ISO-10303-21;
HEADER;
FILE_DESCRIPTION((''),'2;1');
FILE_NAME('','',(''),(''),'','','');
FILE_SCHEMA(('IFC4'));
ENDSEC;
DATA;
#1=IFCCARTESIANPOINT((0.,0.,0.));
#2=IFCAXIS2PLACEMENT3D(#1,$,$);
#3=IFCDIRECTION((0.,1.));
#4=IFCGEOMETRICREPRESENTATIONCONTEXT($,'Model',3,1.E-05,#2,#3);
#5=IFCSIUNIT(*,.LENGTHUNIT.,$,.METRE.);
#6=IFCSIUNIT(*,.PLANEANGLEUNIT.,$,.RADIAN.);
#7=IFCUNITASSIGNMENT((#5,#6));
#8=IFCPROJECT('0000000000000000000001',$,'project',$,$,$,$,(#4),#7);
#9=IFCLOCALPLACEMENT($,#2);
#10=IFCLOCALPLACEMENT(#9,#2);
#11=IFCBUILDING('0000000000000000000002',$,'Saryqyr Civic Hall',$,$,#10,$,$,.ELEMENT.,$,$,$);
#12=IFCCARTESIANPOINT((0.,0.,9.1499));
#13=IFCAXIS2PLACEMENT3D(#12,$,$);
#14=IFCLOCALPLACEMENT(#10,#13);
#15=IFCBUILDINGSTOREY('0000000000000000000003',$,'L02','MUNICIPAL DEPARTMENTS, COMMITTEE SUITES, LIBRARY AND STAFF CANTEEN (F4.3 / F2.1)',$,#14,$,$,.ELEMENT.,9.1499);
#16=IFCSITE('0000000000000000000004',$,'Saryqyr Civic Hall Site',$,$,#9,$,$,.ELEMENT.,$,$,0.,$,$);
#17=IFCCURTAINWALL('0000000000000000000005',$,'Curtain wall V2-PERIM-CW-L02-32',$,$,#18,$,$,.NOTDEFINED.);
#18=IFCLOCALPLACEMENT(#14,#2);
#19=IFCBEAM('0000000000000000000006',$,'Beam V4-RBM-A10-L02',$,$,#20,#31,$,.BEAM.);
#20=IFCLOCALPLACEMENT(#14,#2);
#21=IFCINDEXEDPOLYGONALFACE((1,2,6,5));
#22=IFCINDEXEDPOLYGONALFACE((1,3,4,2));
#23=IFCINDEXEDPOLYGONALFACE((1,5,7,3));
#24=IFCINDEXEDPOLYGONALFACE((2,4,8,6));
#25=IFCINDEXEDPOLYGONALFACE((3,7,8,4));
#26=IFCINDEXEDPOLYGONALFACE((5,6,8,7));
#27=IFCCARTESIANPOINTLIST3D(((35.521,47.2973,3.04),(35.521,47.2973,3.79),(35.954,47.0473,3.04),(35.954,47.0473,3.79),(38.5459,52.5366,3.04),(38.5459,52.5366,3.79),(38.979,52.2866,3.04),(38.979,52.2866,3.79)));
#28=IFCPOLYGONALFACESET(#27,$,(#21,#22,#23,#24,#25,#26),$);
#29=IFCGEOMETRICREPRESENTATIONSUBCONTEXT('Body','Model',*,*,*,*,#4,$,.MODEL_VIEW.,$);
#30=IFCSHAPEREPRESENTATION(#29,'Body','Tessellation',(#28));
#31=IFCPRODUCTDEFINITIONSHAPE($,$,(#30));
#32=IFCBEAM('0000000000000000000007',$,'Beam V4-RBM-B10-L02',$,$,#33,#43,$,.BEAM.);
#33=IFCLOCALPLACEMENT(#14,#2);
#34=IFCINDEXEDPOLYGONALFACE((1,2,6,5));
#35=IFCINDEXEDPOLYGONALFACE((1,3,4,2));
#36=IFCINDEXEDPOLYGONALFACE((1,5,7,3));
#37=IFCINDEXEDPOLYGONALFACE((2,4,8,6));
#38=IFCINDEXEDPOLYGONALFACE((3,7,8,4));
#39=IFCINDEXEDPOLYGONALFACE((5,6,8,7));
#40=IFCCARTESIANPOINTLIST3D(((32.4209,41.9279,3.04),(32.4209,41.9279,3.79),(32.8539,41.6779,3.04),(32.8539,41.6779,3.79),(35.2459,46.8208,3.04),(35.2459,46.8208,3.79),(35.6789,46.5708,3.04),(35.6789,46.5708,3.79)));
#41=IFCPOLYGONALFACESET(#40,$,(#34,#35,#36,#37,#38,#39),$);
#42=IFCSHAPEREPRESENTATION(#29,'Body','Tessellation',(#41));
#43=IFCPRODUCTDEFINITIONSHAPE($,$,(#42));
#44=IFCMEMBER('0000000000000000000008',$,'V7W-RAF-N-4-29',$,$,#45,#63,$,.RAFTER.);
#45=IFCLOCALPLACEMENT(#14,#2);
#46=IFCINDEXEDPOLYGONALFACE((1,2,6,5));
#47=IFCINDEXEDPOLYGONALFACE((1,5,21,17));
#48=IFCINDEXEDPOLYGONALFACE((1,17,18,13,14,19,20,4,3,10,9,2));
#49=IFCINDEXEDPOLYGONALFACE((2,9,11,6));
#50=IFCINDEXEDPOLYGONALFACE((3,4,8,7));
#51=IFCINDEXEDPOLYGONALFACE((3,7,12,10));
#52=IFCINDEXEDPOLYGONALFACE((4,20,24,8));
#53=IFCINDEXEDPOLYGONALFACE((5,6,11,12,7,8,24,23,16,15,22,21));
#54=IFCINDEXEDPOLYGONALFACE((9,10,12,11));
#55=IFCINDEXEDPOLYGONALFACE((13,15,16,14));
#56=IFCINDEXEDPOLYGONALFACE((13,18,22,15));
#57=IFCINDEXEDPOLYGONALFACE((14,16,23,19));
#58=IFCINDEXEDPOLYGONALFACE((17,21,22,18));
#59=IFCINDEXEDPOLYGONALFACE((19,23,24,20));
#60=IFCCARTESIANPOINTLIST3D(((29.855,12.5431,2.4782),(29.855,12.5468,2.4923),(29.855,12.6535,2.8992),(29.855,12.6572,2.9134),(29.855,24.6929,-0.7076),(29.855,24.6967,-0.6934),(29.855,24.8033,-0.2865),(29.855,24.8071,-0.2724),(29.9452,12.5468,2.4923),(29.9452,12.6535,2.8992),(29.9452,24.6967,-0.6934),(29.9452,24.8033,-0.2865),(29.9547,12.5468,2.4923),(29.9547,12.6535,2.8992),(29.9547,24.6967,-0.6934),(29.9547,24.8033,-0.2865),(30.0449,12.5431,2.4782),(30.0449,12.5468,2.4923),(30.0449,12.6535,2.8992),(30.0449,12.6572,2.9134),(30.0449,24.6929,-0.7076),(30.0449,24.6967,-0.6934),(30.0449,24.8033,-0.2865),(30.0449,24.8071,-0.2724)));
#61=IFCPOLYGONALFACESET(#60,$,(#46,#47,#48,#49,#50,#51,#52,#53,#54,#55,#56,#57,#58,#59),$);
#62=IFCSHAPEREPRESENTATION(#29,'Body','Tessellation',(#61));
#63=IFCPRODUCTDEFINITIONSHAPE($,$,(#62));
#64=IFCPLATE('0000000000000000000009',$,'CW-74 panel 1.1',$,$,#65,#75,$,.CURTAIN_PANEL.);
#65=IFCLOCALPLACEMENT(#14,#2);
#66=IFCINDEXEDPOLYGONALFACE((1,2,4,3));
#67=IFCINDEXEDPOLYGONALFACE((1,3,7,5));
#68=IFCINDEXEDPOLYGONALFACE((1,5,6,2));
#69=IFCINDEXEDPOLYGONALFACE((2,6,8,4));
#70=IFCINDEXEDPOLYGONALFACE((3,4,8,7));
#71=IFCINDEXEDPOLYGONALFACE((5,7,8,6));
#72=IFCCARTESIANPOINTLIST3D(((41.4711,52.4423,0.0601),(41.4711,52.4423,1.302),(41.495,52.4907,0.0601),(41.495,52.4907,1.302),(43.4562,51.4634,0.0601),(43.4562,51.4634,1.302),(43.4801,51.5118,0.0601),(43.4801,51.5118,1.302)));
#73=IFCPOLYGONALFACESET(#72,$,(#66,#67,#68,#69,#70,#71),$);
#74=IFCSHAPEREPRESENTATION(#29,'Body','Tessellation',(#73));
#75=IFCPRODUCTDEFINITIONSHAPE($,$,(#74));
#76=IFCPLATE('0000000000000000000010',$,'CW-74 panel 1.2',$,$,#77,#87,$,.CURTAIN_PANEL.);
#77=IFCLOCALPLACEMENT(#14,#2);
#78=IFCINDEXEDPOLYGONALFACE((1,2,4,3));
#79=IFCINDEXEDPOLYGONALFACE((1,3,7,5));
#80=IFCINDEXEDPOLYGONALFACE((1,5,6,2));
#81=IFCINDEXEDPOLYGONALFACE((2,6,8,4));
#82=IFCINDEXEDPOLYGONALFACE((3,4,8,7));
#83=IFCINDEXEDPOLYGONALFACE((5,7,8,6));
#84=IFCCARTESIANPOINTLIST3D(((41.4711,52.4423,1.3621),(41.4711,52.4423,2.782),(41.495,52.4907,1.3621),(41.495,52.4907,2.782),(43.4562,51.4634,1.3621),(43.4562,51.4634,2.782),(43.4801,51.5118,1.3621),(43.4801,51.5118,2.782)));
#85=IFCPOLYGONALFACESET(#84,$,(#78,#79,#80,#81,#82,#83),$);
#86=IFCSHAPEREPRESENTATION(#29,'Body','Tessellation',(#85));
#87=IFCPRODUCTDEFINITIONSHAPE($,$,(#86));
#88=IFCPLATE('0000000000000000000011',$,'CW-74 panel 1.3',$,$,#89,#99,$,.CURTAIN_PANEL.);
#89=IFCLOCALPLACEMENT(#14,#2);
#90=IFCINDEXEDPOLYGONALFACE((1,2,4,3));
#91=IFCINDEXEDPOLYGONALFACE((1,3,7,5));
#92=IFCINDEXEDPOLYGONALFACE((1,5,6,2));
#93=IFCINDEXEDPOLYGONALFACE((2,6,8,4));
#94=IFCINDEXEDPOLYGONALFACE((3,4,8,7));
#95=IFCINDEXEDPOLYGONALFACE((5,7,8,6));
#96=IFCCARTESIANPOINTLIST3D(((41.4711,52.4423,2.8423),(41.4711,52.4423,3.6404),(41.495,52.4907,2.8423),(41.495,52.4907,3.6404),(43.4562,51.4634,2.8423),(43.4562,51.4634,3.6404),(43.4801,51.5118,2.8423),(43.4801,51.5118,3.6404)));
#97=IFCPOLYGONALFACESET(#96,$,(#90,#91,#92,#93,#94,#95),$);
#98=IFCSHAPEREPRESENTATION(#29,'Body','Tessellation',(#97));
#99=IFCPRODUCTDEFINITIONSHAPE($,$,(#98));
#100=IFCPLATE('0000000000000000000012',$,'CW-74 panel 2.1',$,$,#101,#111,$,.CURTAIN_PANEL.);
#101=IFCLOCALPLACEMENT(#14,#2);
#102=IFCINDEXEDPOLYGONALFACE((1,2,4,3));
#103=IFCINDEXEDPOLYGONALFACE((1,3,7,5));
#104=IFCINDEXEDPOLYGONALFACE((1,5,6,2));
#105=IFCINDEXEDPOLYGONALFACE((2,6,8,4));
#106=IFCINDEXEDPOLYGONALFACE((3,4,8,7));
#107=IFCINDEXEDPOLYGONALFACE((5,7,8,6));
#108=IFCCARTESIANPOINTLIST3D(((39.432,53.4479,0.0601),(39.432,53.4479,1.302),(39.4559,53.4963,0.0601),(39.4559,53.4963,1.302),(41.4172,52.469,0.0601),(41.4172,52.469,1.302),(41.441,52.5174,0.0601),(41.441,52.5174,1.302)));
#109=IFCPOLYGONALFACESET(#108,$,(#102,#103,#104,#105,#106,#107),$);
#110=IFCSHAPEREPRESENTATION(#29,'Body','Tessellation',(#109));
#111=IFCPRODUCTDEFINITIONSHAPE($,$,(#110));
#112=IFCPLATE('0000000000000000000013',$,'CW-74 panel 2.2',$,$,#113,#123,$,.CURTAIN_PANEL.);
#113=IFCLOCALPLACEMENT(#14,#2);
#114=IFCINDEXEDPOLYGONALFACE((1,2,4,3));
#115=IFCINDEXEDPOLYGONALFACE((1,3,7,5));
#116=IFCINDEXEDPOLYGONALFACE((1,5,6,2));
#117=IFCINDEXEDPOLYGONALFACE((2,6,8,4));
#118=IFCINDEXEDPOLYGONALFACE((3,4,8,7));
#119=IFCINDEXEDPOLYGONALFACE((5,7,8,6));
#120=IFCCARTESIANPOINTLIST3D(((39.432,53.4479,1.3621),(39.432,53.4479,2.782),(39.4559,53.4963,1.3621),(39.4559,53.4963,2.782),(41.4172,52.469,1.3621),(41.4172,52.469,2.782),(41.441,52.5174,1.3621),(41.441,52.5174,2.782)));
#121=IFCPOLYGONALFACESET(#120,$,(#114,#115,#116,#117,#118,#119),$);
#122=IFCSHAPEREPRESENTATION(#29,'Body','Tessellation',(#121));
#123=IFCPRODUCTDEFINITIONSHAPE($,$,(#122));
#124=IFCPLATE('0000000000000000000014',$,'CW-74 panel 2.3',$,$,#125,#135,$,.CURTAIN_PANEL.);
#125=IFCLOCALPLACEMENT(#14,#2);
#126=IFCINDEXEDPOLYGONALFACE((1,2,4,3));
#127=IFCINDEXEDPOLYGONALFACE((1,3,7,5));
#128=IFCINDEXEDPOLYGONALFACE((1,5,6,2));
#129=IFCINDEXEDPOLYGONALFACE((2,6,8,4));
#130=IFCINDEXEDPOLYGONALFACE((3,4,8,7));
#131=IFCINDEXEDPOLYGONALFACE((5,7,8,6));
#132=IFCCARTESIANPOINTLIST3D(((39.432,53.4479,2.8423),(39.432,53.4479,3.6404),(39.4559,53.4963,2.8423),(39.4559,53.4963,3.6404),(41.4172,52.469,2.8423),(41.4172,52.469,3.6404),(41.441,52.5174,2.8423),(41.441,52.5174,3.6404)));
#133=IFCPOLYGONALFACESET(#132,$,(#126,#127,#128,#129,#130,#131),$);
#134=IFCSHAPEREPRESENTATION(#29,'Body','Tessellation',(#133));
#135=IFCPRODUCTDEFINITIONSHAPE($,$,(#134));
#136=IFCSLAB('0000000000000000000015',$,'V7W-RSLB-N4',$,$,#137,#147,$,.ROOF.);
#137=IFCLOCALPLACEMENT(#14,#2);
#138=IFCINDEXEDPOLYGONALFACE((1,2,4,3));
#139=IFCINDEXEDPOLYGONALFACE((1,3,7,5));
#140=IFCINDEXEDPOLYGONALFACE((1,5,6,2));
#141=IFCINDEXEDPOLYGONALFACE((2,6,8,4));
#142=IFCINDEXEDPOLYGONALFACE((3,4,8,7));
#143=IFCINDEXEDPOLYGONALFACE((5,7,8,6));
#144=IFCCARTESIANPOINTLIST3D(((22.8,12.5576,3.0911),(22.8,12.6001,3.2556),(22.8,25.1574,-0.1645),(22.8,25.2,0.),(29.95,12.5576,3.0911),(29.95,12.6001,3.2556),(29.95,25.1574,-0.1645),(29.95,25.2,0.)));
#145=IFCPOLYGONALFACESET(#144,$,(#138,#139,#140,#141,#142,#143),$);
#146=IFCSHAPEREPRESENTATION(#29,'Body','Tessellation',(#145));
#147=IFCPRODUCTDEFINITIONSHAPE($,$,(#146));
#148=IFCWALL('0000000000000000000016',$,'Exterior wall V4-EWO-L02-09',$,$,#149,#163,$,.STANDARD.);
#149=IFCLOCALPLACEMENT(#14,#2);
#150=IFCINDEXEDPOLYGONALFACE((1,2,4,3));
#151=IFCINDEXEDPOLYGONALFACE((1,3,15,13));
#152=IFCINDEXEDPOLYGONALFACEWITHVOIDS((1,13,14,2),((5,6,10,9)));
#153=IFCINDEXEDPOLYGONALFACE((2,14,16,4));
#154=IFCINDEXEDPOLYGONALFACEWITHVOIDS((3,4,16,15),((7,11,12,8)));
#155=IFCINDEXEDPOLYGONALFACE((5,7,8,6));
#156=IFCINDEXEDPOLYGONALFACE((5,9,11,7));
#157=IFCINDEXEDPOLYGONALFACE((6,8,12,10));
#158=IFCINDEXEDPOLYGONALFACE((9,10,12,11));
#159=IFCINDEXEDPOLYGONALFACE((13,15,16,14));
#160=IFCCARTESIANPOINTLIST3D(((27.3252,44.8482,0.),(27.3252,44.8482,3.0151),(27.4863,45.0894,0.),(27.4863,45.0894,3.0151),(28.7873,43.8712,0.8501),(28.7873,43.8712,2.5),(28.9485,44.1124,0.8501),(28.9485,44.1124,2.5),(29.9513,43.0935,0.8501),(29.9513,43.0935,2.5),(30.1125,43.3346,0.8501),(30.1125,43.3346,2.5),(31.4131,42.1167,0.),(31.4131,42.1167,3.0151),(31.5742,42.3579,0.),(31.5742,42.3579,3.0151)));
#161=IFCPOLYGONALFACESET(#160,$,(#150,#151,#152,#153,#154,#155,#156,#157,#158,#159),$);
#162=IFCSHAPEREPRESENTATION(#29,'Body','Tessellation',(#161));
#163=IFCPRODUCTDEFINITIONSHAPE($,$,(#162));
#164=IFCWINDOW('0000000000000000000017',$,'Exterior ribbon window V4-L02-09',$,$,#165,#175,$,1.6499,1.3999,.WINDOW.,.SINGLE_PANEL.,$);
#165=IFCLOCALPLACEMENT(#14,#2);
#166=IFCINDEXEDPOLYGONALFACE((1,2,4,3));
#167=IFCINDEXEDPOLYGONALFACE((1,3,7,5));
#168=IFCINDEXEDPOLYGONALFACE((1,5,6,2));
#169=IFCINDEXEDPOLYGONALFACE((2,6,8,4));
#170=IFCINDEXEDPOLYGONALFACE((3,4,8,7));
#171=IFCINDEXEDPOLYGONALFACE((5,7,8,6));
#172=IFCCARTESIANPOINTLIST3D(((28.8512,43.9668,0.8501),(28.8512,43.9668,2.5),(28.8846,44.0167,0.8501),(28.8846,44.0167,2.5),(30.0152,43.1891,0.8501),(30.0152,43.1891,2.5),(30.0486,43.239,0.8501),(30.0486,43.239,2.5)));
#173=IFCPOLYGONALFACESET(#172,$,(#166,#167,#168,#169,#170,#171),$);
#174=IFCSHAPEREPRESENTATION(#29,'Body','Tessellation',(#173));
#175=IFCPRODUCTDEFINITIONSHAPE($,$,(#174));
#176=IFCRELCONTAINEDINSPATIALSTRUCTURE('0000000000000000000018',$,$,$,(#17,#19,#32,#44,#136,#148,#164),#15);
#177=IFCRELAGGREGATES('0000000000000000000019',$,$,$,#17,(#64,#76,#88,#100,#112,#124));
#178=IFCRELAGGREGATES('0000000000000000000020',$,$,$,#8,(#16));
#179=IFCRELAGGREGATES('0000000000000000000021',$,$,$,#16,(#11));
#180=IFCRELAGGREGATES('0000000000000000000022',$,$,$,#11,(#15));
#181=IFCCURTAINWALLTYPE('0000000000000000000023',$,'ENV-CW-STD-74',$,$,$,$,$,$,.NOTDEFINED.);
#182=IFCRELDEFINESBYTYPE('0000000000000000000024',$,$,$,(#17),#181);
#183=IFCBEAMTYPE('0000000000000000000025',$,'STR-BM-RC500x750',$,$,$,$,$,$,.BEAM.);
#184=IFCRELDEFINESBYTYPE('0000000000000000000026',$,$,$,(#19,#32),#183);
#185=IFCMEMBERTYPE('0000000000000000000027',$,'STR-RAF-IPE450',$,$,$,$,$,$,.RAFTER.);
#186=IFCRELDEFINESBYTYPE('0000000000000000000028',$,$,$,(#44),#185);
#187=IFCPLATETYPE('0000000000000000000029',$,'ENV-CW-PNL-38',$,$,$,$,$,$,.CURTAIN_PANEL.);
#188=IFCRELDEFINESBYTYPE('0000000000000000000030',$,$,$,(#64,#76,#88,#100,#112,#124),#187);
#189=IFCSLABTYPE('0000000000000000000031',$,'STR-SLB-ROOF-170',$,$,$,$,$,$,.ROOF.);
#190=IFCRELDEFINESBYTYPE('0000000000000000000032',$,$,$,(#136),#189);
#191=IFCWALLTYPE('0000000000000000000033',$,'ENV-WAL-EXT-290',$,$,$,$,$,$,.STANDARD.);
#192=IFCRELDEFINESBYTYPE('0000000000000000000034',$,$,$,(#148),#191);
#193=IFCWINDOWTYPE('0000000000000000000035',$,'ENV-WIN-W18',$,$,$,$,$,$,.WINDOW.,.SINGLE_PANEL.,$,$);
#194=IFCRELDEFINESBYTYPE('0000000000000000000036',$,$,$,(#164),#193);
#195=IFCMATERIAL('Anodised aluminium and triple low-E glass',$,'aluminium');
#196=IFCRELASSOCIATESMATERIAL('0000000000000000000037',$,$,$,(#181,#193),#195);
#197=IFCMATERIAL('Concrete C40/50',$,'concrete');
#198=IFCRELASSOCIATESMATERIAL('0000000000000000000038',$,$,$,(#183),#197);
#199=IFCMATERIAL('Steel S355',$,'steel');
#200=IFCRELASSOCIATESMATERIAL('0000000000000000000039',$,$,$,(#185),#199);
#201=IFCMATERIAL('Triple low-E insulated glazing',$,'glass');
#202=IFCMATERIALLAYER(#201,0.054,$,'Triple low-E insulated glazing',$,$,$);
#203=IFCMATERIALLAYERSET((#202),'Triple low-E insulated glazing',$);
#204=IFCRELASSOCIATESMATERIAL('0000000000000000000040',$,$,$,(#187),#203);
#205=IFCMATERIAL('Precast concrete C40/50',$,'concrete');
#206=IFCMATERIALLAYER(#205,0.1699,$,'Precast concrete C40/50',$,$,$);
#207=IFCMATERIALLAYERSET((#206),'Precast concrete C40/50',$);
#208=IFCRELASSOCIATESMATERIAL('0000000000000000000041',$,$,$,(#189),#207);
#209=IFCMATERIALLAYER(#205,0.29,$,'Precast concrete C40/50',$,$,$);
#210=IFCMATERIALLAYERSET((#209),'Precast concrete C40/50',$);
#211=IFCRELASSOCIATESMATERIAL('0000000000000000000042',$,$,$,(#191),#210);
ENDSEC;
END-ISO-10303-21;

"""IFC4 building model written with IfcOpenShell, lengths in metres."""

from ifc_helpers import new_model, si_unit, direction, frame, frame_2d, origin, origin_2d, place, context, subcontext, project, spatial, polyline, rectangle, i_section, outline, extrude, material, layer, layer_set, material_profile, profile_set, type_object, element, fill, aggregate, save


model = new_model("IFC4")

# Units and contexts
model_context = context("Model", 3, precision=1e-05, world=origin(), true_north=direction((0.0, 1.0)))
body_context = subcontext(model_context, "Body", "Model", "MODEL_VIEW")
ifc_project = project(units=[si_unit("LENGTHUNIT", "METRE"), si_unit("PLANEANGLEUNIT", "RADIAN")], contexts=[model_context])

# Site, building, storey
site_placement = place(None, origin())
site = spatial("IfcSite", under=ifc_project, at=site_placement, Name="Saryqyr Civic Hall Site", CompositionType="ELEMENT", RefElevation=0.0)
building_placement = place(site_placement, origin())
building = spatial("IfcBuilding", under=site, at=building_placement, Name="Saryqyr Civic Hall", CompositionType="ELEMENT")
storey_placement = place(building_placement, frame((0.0, 0.0, 9.1499)))
storey = spatial("IfcBuildingStorey", under=building, at=storey_placement, Name="L02", Description="MUNICIPAL DEPARTMENTS, COMMITTEE SUITES, LIBRARY AND STAFF CANTEEN (F4.3 / F2.1)", CompositionType="ELEMENT", Elevation=9.1499)

# Shared definitions
ifc_material_1 = material(Name="Concrete C40/50", Category="concrete")

# Curtain wall
ifc_material_2 = material(Name="Anodised aluminium and triple low-E glass", Category="aluminium")
curtain_wall_type = type_object("IfcCurtainWallType", Name="ENV-CW-STD-74", PredefinedType="NOTDEFINED", material=ifc_material_2)
curtain_wall_placement = place(storey_placement, origin())
curtain_wall = element("IfcCurtainWall", 1, at=curtain_wall_placement, inside=storey, type_object=curtain_wall_type, Name="Curtain wall V2-PERIM-CW-L02-32", PredefinedType="NOTDEFINED")

# Beams
ifc_material_profile_1 = material_profile(ifc_material_1, rectangle(XDim=0.5, YDim=0.75, at=origin_2d()), Name="RC 500x750")
ifc_profile_set_1 = profile_set([ifc_material_profile_1], Name="Concrete C40/50")
beam_type_1 = type_object("IfcBeamType", Name="STR-BM-RC500x750", PredefinedType="BEAM", material=ifc_profile_set_1)
beam_1_placement = place(storey_placement, frame((38.7625, 52.4116, 3.415), z_axis=(-0.500002, -0.866024, 0.0), x_axis=(0.866024, -0.500002, 0.0)))
element("IfcBeam", 2, at=beam_1_placement, inside=storey, type_object=beam_type_1, Name="Beam V4-RBM-A10-L02", PredefinedType="BEAM", context=body_context, shape_type="SweptSolid", body=[
    extrude(rectangle(XDim=0.5, YDim=0.75, at=origin_2d()), origin(), (0.0, 0.0, 1.0), 6.0498),
])
beam_2_placement = place(storey_placement, frame((35.4624, 46.6958, 3.415), z_axis=(-0.50001, -0.866019, 0.0), x_axis=(0.866019, -0.50001, 0.0)))
element("IfcBeam", 3, at=beam_2_placement, inside=storey, type_object=beam_type_1, Name="Beam V4-RBM-B10-L02", PredefinedType="BEAM", context=body_context, shape_type="SweptSolid", body=[
    extrude(rectangle(XDim=0.5, YDim=0.75, at=origin_2d()), origin(), (0.0, 0.0, 1.0), 5.6499),
])

# Member
ifc_material_3 = material(Name="Steel S355", Category="steel")
ifc_material_profile_2 = material_profile(ifc_material_3, i_section(OverallWidth=0.1899, OverallDepth=0.45, WebThickness=0.0095, FlangeThickness=0.0146, at=origin_2d()), Name="IPE 450")
ifc_profile_set_2 = profile_set([ifc_material_profile_2], Name="Steel S355")
member_type_1 = type_object("IfcMemberType", Name="STR-RAF-IPE450", PredefinedType="RAFTER", material=ifc_profile_set_2)
member_1_placement = place(storey_placement, frame((29.95, 24.75, -0.49), z_axis=(0.0, -0.9673, 0.253633), x_axis=(1.0, 0.0, 0.0)))
element("IfcMember", 4, at=member_1_placement, inside=storey, type_object=member_type_1, Name="V7W-RAF-N-4-29", PredefinedType="RAFTER", context=body_context, shape_type="SweptSolid", body=[
    extrude(i_section(OverallWidth=0.1899, OverallDepth=0.45, WebThickness=0.0095, FlangeThickness=0.0146, at=origin_2d()), origin(), (0.0, 0.0, 1.0), 12.5605),
])

# Plates
ifc_material_4 = material(Name="Triple low-E insulated glazing", Category="glass")
ifc_layer_1 = layer(ifc_material_4, 0.054, Name="Triple low-E insulated glazing")
ifc_layer_set_1 = layer_set([ifc_layer_1], Name="Triple low-E insulated glazing")
plate_type = type_object("IfcPlateType", Name="ENV-CW-PNL-38", PredefinedType="CURTAIN_PANEL", material=ifc_layer_set_1)
plate_1_placement = place(storey_placement, frame((42.4756, 51.9771, 0.0601), z_axis=(0.0, 0.0, 1.0), x_axis=(-0.896875, 0.442284, 0.0)))
plate_1 = element("IfcPlate", 5, at=plate_1_placement, type_object=plate_type, Name="CW-74 panel 1.1", PredefinedType="CURTAIN_PANEL", context=body_context, shape_type="SweptSolid", body=[
    extrude(rectangle(XDim=2.2134, YDim=0.054, at=origin_2d()), origin(), (0.0, 0.0, 1.0), 1.2419),
])
plate_2_placement = place(storey_placement, frame((42.4756, 51.9771, 1.3621), z_axis=(0.0, 0.0, 1.0), x_axis=(-0.896875, 0.442284, 0.0)))
plate_2 = element("IfcPlate", 6, at=plate_2_placement, type_object=plate_type, Name="CW-74 panel 1.2", PredefinedType="CURTAIN_PANEL", context=body_context, shape_type="SweptSolid", body=[
    extrude(rectangle(XDim=2.2134, YDim=0.054, at=origin_2d()), origin(), (0.0, 0.0, 1.0), 1.4199),
])
plate_3_placement = place(storey_placement, frame((42.4756, 51.9771, 2.8423), z_axis=(0.0, 0.0, 1.0), x_axis=(-0.896875, 0.442284, 0.0)))
plate_3 = element("IfcPlate", 7, at=plate_3_placement, type_object=plate_type, Name="CW-74 panel 1.3", PredefinedType="CURTAIN_PANEL", context=body_context, shape_type="SweptSolid", body=[
    extrude(rectangle(XDim=2.2134, YDim=0.054, at=origin_2d()), origin(), (0.0, 0.0, 1.0), 0.7981),
])
plate_4_placement = place(storey_placement, frame((40.4365, 52.9827, 0.0601), z_axis=(0.0, 0.0, 1.0), x_axis=(-0.896875, 0.442284, 0.0)))
plate_4 = element("IfcPlate", 8, at=plate_4_placement, type_object=plate_type, Name="CW-74 panel 2.1", PredefinedType="CURTAIN_PANEL", context=body_context, shape_type="SweptSolid", body=[
    extrude(rectangle(XDim=2.2134, YDim=0.054, at=origin_2d()), origin(), (0.0, 0.0, 1.0), 1.2419),
])
plate_5_placement = place(storey_placement, frame((40.4365, 52.9827, 1.3621), z_axis=(0.0, 0.0, 1.0), x_axis=(-0.896875, 0.442284, 0.0)))
plate_5 = element("IfcPlate", 9, at=plate_5_placement, type_object=plate_type, Name="CW-74 panel 2.2", PredefinedType="CURTAIN_PANEL", context=body_context, shape_type="SweptSolid", body=[
    extrude(rectangle(XDim=2.2134, YDim=0.054, at=origin_2d()), origin(), (0.0, 0.0, 1.0), 1.4199),
])
plate_6_placement = place(storey_placement, frame((40.4365, 52.9827, 2.8423), z_axis=(0.0, 0.0, 1.0), x_axis=(-0.896875, 0.442284, 0.0)))
plate_6 = element("IfcPlate", 10, at=plate_6_placement, type_object=plate_type, Name="CW-74 panel 2.3", PredefinedType="CURTAIN_PANEL", context=body_context, shape_type="SweptSolid", body=[
    extrude(rectangle(XDim=2.2134, YDim=0.054, at=origin_2d()), origin(), (0.0, 0.0, 1.0), 0.7981),
])
aggregate(curtain_wall, [plate_1, plate_2, plate_3, plate_4, plate_5, plate_6])

# Slab
ifc_material_5 = material(Name="Precast concrete C40/50", Category="concrete")
ifc_layer_2 = layer(ifc_material_5, 0.1699, Name="Precast concrete C40/50")
ifc_layer_set_2 = layer_set([ifc_layer_2], Name="Precast concrete C40/50")
slab_type = type_object("IfcSlabType", Name="STR-SLB-ROOF-170", PredefinedType="ROOF", material=ifc_layer_set_2)
slab_placement = place(storey_placement, frame((29.95, 25.2, 0.0), z_axis=(0.0, 0.250169, 0.968202), x_axis=(-1.0, 0.0, 0.0)))
element("IfcSlab", 11, at=slab_placement, inside=storey, type_object=slab_type, Name="V7W-RSLB-N4", PredefinedType="ROOF", context=body_context, shape_type="SweptSolid", body=[
    extrude(outline(polyline([(0.0, 0.0), (7.1499, 0.0), (7.1499, 13.0137), (0.0, 13.0137), (0.0, 0.0)])), origin(), (0.0, 0.0, -1.0), 0.1699),
])

# Wall, opening, window
ifc_layer_3 = layer(ifc_material_5, 0.29, Name="Precast concrete C40/50")
ifc_layer_set_3 = layer_set([ifc_layer_3], Name="Precast concrete C40/50")
wall_type_1 = type_object("IfcWallType", Name="ENV-WAL-EXT-290", PredefinedType="STANDARD", material=ifc_layer_set_3)
wall_1_placement = place(storey_placement, frame((31.4937, 42.2373, 0.0), z_axis=(0.0, 0.0, 1.0), x_axis=(-0.831469, 0.555571, 0.0)))
wall_1 = element("IfcWall", 12, at=wall_1_placement, inside=storey, type_object=wall_type_1, Name="Exterior wall V4-EWO-L02-09", PredefinedType="STANDARD", context=body_context, shape_type="SweptSolid", body=[
    extrude(rectangle(XDim=4.9165, YDim=0.29, at=frame_2d((2.4583, 0.0))), origin(), (0.0, 0.0, 1.0), 3.0151),
])
opening_1_placement = place(wall_1_placement, frame((1.7581, 0.0, 0.8501)))
opening_1 = element("IfcOpeningElement", 13, at=opening_1_placement, cuts=wall_1, PredefinedType="OPENING", context=body_context, shape_type="SweptSolid", body=[
    extrude(rectangle(XDim=1.3999, YDim=1.6499, at=frame_2d((0.7, 0.825))), frame((0.0, 0.155, 0.0), z_axis=(0.0, -1.0, 0.0), x_axis=(1.0, 0.0, 0.0)), (0.0, 0.0, 1.0), 0.3101),
])
window_type = type_object("IfcWindowType", Name="ENV-WIN-W18", PartitioningType="SINGLE_PANEL", PredefinedType="WINDOW", material=ifc_material_2)
window_placement = place(opening_1_placement, origin())
window = element("IfcWindow", 14, at=window_placement, inside=storey, type_object=window_type, Name="Exterior ribbon window V4-L02-09", OverallHeight=1.6499, OverallWidth=1.3999, PartitioningType="SINGLE_PANEL", PredefinedType="WINDOW", context=body_context, shape_type="SweptSolid", body=[
    extrude(rectangle(XDim=1.3999, YDim=1.6499, at=frame_2d((0.7, 0.825))), frame((0.0, 0.03, 0.0), z_axis=(0.0, -1.0, 0.0), x_axis=(1.0, 0.0, 0.0)), (0.0, 0.0, 1.0), 0.0601),
])
fill(opening_1, window)

save(model, "model.ifc")
